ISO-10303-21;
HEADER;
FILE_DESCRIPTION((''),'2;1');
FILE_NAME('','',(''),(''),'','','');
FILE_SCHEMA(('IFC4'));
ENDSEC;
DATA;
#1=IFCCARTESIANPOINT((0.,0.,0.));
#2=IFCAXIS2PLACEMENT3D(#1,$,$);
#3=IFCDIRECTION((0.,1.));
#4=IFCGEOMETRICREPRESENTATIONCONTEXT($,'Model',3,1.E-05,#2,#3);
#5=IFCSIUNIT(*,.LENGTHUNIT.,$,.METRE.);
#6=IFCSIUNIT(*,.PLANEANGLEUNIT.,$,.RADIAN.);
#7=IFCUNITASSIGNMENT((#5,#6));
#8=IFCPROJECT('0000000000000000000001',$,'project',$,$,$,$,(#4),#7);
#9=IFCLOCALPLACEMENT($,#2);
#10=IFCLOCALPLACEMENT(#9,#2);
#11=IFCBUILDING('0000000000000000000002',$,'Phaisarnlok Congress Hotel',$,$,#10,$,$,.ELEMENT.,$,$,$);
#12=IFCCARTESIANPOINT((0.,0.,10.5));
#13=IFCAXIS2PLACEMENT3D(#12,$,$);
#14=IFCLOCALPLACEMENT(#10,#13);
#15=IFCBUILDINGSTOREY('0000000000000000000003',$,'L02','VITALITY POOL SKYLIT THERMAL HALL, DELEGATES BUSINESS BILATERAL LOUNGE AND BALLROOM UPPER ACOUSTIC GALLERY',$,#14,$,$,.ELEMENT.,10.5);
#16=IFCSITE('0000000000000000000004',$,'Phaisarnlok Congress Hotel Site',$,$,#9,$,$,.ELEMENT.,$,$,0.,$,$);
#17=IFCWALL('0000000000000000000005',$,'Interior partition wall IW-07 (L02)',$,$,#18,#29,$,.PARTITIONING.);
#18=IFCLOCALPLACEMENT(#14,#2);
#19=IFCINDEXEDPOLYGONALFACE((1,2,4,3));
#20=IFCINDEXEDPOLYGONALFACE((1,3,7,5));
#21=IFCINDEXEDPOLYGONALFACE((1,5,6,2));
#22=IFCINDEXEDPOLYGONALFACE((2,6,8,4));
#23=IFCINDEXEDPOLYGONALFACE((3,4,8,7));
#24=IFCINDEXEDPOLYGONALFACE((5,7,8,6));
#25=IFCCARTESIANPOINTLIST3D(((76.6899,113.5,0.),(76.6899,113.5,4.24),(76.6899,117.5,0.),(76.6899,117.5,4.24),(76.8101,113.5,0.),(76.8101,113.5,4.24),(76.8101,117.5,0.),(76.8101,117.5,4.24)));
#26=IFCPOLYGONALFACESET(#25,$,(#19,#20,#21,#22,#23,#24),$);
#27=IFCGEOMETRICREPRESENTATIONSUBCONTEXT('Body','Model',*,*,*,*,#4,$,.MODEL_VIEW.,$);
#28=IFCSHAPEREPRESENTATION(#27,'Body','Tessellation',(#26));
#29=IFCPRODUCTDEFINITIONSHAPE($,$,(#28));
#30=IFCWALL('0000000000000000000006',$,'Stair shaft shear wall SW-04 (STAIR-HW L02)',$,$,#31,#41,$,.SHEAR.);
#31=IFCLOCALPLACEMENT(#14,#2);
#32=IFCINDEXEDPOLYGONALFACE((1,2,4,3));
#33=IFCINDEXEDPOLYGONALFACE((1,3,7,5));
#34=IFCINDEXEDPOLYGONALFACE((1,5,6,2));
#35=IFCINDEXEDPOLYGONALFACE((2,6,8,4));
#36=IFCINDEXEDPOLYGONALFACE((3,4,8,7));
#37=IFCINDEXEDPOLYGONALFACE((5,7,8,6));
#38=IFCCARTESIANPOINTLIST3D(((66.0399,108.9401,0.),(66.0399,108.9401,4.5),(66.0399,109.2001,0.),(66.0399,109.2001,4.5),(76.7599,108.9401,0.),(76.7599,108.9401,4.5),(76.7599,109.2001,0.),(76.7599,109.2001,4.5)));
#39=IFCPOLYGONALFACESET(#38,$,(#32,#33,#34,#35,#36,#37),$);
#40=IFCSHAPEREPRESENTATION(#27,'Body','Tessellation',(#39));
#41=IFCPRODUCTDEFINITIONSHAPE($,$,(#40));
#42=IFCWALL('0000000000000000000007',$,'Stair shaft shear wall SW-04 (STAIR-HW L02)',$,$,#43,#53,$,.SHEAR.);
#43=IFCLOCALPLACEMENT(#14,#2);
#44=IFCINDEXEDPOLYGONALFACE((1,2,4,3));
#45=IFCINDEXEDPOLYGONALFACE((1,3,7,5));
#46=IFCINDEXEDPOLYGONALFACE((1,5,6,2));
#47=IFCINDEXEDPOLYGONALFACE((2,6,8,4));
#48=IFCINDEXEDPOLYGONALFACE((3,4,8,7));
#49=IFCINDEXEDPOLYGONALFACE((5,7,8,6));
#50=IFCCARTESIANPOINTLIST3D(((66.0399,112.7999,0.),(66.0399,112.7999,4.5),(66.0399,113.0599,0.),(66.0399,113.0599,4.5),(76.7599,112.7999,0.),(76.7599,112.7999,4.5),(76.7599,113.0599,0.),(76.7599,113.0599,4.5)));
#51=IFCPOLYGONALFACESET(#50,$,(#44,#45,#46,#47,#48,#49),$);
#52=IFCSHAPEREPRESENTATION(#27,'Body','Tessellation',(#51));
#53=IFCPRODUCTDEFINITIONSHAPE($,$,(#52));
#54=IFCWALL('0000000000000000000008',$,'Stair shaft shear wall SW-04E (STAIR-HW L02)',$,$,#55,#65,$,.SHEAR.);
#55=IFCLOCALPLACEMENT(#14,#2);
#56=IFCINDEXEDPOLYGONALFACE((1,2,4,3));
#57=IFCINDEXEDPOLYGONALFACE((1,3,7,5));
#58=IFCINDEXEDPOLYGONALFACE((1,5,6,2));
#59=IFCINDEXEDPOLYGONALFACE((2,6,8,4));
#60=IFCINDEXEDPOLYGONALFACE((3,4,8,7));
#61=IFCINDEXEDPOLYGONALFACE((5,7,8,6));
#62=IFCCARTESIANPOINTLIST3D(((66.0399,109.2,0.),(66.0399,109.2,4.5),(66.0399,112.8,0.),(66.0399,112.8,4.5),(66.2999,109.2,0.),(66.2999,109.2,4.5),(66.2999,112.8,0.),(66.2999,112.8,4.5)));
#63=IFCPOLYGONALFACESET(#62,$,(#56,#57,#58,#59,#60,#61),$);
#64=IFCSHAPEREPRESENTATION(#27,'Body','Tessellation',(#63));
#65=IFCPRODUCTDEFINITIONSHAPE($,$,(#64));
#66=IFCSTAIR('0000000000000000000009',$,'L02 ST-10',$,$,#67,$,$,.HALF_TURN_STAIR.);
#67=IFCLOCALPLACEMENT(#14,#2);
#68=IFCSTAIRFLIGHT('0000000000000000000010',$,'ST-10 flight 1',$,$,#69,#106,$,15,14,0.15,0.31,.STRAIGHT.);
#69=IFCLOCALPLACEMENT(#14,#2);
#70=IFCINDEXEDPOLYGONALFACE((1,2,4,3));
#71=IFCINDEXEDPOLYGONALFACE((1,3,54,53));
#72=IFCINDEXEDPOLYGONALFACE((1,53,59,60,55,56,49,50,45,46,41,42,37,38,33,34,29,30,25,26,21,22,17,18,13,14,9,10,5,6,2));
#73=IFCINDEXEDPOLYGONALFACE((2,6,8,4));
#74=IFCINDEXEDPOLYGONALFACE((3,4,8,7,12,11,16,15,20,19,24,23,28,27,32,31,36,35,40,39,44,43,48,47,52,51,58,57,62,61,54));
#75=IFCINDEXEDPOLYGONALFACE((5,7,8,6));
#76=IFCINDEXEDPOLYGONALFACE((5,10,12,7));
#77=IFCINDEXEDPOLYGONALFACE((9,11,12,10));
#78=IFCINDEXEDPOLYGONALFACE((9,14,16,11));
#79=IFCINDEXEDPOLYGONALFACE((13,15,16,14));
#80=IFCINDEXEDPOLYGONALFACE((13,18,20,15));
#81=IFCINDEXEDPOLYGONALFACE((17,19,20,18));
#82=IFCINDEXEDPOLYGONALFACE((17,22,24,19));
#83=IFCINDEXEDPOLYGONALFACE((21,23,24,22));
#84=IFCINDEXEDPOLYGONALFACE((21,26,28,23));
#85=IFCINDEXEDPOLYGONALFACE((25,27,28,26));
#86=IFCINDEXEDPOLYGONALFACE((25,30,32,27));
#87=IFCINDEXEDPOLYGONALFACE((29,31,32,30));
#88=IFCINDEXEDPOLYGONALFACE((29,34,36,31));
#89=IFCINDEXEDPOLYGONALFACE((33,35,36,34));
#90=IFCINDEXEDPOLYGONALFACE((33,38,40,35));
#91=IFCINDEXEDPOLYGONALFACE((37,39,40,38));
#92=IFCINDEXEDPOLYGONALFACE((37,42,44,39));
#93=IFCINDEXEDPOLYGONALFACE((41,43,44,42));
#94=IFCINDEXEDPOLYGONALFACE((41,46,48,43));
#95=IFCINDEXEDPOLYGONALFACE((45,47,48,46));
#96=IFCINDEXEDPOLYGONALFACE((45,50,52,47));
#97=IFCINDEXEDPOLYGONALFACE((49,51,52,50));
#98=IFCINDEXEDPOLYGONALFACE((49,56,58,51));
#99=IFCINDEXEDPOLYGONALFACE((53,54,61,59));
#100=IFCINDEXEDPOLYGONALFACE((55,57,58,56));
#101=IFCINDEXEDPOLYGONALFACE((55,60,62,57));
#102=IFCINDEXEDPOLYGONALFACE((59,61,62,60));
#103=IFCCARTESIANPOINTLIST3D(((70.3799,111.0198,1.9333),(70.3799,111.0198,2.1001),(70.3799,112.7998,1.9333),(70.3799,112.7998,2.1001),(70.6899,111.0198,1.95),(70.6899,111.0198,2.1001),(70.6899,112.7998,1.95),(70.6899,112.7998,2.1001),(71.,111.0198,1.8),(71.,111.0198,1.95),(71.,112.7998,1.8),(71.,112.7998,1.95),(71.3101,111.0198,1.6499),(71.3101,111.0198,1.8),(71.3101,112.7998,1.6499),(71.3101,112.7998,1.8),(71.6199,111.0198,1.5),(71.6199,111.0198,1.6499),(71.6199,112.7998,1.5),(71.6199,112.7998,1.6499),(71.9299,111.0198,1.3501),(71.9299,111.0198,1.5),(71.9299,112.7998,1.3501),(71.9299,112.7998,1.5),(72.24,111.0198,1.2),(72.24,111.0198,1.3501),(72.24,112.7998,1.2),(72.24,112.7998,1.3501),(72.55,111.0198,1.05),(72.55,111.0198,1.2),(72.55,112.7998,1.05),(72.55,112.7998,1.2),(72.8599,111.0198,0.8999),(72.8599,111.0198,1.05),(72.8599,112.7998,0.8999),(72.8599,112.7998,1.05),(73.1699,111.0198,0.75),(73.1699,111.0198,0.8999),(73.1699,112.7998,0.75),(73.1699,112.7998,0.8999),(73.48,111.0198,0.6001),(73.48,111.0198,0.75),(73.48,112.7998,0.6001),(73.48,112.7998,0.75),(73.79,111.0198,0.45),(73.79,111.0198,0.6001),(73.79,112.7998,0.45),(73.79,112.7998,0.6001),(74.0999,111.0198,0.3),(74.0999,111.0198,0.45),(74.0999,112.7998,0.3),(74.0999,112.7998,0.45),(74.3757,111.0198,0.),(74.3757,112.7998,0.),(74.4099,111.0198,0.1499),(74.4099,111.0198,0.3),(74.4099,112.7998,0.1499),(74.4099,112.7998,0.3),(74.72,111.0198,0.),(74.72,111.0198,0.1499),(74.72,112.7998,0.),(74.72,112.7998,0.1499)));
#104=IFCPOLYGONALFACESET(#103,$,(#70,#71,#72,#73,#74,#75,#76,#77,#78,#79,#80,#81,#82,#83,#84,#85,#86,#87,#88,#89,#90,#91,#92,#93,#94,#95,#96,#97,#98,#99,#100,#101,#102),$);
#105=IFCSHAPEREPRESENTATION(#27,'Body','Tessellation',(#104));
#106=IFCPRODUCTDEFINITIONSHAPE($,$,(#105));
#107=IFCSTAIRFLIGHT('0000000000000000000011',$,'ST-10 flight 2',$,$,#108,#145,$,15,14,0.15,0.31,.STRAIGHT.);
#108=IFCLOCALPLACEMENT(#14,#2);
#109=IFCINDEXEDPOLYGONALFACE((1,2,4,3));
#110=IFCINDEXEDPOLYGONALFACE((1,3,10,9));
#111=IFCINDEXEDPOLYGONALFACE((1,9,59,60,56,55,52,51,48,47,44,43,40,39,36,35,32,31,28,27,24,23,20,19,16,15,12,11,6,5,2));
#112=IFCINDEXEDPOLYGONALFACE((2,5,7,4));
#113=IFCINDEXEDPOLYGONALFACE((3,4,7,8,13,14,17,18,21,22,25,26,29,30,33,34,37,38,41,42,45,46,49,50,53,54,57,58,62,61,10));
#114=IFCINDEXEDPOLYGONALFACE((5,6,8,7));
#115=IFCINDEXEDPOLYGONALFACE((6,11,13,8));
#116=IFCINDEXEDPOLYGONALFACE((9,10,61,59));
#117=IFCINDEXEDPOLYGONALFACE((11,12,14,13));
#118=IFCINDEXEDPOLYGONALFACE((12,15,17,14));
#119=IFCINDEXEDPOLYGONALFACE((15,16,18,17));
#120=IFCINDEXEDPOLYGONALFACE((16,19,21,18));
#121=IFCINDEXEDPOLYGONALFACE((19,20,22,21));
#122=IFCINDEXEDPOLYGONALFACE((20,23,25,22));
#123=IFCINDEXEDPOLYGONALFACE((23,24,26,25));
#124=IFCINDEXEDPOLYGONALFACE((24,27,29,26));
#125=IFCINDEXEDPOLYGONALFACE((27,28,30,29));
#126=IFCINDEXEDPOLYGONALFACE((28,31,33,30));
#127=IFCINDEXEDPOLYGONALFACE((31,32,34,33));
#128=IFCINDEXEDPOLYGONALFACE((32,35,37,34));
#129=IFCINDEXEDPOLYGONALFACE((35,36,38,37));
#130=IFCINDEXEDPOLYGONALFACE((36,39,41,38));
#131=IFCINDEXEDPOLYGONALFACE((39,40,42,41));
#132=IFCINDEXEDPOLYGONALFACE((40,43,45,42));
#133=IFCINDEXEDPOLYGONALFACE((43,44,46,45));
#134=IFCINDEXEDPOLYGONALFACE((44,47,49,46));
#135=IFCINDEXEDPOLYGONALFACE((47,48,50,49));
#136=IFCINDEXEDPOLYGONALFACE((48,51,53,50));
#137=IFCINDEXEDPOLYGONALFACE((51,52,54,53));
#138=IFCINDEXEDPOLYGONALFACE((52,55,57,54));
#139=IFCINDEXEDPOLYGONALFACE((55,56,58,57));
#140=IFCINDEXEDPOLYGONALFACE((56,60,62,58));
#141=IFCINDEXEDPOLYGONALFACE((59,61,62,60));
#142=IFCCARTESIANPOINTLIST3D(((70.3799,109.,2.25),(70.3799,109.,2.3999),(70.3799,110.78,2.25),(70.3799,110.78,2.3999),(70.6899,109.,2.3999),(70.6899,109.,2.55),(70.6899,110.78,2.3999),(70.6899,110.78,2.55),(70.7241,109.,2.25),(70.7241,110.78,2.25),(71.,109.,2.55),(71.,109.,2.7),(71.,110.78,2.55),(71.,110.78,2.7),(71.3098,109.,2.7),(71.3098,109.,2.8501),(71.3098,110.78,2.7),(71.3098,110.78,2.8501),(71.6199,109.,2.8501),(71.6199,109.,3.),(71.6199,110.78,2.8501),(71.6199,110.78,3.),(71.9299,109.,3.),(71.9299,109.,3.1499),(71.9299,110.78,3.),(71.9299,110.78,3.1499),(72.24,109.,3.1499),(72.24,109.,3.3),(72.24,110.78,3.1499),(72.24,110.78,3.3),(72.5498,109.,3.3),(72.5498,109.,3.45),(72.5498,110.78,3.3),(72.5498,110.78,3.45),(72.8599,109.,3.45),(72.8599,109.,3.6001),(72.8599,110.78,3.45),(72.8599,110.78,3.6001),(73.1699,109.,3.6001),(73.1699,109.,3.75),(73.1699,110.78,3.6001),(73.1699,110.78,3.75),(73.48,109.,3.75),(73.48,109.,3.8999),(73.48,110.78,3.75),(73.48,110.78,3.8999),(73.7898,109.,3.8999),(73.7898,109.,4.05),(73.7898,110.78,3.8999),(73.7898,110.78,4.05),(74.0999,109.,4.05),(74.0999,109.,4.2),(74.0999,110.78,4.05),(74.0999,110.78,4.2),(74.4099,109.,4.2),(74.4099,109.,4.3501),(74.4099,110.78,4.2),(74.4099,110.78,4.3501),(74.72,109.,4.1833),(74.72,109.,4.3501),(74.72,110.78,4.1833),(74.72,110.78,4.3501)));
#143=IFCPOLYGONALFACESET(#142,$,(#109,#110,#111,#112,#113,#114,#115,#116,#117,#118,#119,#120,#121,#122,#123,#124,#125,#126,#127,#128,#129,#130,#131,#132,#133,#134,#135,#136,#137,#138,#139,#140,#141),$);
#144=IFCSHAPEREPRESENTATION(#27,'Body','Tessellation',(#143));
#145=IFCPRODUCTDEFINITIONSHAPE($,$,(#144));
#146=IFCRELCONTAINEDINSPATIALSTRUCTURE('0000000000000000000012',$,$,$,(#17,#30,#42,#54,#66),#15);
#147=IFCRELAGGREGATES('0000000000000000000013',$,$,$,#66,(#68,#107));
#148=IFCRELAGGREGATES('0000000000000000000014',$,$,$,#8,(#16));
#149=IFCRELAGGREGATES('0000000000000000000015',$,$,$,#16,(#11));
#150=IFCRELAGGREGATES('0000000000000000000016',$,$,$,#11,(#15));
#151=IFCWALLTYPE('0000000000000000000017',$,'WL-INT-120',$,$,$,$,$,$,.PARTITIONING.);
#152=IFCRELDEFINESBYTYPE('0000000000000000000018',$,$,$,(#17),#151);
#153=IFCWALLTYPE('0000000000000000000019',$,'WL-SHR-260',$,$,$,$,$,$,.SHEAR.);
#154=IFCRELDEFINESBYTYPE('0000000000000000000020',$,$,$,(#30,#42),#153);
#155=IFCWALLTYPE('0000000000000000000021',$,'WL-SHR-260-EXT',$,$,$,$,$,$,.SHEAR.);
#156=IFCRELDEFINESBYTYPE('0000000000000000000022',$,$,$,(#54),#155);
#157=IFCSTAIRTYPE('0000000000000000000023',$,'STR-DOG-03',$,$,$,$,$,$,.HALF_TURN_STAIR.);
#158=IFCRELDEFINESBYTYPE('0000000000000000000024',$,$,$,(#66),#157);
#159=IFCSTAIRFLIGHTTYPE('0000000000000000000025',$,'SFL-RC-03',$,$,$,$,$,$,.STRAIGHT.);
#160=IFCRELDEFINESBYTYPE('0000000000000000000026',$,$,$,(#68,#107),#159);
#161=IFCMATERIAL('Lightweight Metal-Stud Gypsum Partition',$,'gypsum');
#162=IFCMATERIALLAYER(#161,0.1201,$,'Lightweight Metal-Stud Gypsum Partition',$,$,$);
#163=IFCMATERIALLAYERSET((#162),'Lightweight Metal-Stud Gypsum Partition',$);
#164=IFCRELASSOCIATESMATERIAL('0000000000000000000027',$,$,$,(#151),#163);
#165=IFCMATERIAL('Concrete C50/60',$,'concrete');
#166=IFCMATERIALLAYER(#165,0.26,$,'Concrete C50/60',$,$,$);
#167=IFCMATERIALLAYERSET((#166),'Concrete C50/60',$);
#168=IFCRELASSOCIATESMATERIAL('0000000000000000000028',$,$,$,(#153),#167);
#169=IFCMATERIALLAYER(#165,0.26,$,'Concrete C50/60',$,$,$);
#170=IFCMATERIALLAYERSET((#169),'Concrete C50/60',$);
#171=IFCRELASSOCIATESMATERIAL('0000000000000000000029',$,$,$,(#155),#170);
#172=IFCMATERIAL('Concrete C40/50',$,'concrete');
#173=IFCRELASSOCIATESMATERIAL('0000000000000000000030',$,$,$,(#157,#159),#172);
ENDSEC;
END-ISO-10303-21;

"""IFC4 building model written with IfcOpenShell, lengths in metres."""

from ifc_helpers import new_model, si_unit, direction, frame, frame_2d, origin, place, context, subcontext, project, spatial, polyline, rectangle, outline, extrude, material, layer, layer_set, type_object, element, aggregate, save


model = new_model("IFC4")

# Units and contexts
model_context = context("Model", 3, precision=1e-05, world=origin(), true_north=direction((0.0, 1.0)))
body_context = subcontext(model_context, "Body", "Model", "MODEL_VIEW")
ifc_project = project(units=[si_unit("LENGTHUNIT", "METRE"), si_unit("PLANEANGLEUNIT", "RADIAN")], contexts=[model_context])

# Site, building, storey
site_placement = place(None, origin())
site = spatial("IfcSite", under=ifc_project, at=site_placement, Name="Phaisarnlok Congress Hotel Site", CompositionType="ELEMENT", RefElevation=0.0)
building_placement = place(site_placement, origin())
building = spatial("IfcBuilding", under=site, at=building_placement, Name="Phaisarnlok Congress Hotel", CompositionType="ELEMENT")
storey_placement = place(building_placement, frame((0.0, 0.0, 10.5)))
storey = spatial("IfcBuildingStorey", under=building, at=storey_placement, Name="L02", Description="VITALITY POOL SKYLIT THERMAL HALL, DELEGATES BUSINESS BILATERAL LOUNGE AND BALLROOM UPPER ACOUSTIC GALLERY", CompositionType="ELEMENT", Elevation=10.5)

# Shared definitions
ifc_material_1 = material(Name="Concrete C50/60", Category="concrete")

# Shared definitions
ifc_material_2 = material(Name="Concrete C40/50", Category="concrete")

# Walls
ifc_material_3 = material(Name="Lightweight Metal-Stud Gypsum Partition", Category="gypsum")
ifc_layer_1 = layer(ifc_material_3, 0.1201, Name="Lightweight Metal-Stud Gypsum Partition")
ifc_layer_set_1 = layer_set([ifc_layer_1], Name="Lightweight Metal-Stud Gypsum Partition")
wall_type_1 = type_object("IfcWallType", Name="WL-INT-120", PredefinedType="PARTITIONING", material=ifc_layer_set_1)
wall_1_placement = place(storey_placement, frame((76.75, 113.5, 0.0), z_axis=(0.0, 0.0, 1.0), x_axis=(0.0, 1.0, 0.0)))
element("IfcWall", 1, at=wall_1_placement, inside=storey, type_object=wall_type_1, Name="Interior partition wall IW-07 (L02)", PredefinedType="PARTITIONING", context=body_context, shape_type="SweptSolid", body=[
    extrude(rectangle(XDim=4.0, YDim=0.1201, at=frame_2d((2.0, 0.0))), origin(), (0.0, 0.0, 1.0), 4.24),
])
ifc_layer_2 = layer(ifc_material_1, 0.26, Name="Concrete C50/60")
ifc_layer_set_2 = layer_set([ifc_layer_2], Name="Concrete C50/60")
wall_type_2 = type_object("IfcWallType", Name="WL-SHR-260", PredefinedType="SHEAR", material=ifc_layer_set_2)
for number, where, z_axis, x_axis, name in (
    (2, (66.04, 109.0701, 0.0), (0.0, 0.0, 1.0), (1.0, 0.0, 0.0), "Stair shaft shear wall SW-04 (STAIR-HW L02)"),
    (3, (66.04, 112.9299, 0.0), (0.0, 0.0, 1.0), (1.0, 0.0, 0.0), "Stair shaft shear wall SW-04 (STAIR-HW L02)"),
):
    element("IfcWall", number, at=place(storey_placement, frame(where, z_axis=z_axis, x_axis=x_axis)), inside=storey, type_object=wall_type_2, Name=name, PredefinedType="SHEAR", context=body_context, shape_type="SweptSolid", body=[
        extrude(rectangle(XDim=10.72, YDim=0.26, at=frame_2d((5.3599, 0.0))), origin(), (0.0, 0.0, 1.0), 4.5),
    ])

# Wall
ifc_layer_3 = layer(ifc_material_1, 0.26, Name="Concrete C50/60")
ifc_layer_set_3 = layer_set([ifc_layer_3], Name="Concrete C50/60")
wall_type_3 = type_object("IfcWallType", Name="WL-SHR-260-EXT", PredefinedType="SHEAR", material=ifc_layer_set_3)
wall_2_placement = place(storey_placement, frame((66.1699, 109.2, 0.0), z_axis=(0.0, 0.0, 1.0), x_axis=(0.0, 1.0, 0.0)))
element("IfcWall", 4, at=wall_2_placement, inside=storey, type_object=wall_type_3, Name="Stair shaft shear wall SW-04E (STAIR-HW L02)", PredefinedType="SHEAR", context=body_context, shape_type="SweptSolid", body=[
    extrude(rectangle(XDim=3.6001, YDim=0.26, at=frame_2d((1.8, 0.0))), origin(), (0.0, 0.0, 1.0), 4.5),
])

# Stair, stair flights
stair_type = type_object("IfcStairType", Name="STR-DOG-03", PredefinedType="HALF_TURN_STAIR", material=ifc_material_2)
stair_placement = place(storey_placement, origin())
stair = element("IfcStair", 5, at=stair_placement, inside=storey, type_object=stair_type, Name="L02 ST-10", PredefinedType="HALF_TURN_STAIR")
stair_flight_type = type_object("IfcStairFlightType", Name="SFL-RC-03", PredefinedType="STRAIGHT", material=ifc_material_2)
stair_flight_1_placement = place(storey_placement, frame((74.72, 111.9099, 0.0), z_axis=(0.0, 0.0, 1.0), x_axis=(-1.0, 0.0, 0.0)))
stair_flight_1 = element("IfcStairFlight", 6, at=stair_flight_1_placement, type_object=stair_flight_type, Name="ST-10 flight 1", NumberOfRisers=15, NumberOfTreads=14, PredefinedType="STRAIGHT", RiserHeight=0.15, TreadLength=0.31, context=body_context, shape_type="SweptSolid", body=[
    extrude(outline(polyline([(0.0, 0.0), (0.0, 0.1499), (0.3101, 0.1499), (0.3101, 0.3), (0.6201, 0.3), (0.6201, 0.45), (0.9299, 0.45), (0.9299, 0.6001), (1.24, 0.6001), (1.24, 0.75), (1.55, 0.75), (1.55, 0.8999), (1.8601, 0.8999), (1.8601, 1.05), (2.1699, 1.05), (2.1699, 1.2), (2.48, 1.2), (2.48, 1.3501), (2.79, 1.3501), (2.79, 1.5), (3.1001, 1.5), (3.1001, 1.6499), (3.4099, 1.6499), (3.4099, 1.8), (3.72, 1.8), (3.72, 1.95), (4.03, 1.95), (4.03, 2.1001), (4.3401, 2.1001), (4.3401, 2.25), (4.3401, 1.9333), (0.3442, 0.0), (0.0, 0.0)])), frame((0.0, 0.8901, 0.0), z_axis=(0.0, -1.0, 0.0), x_axis=(1.0, 0.0, 0.0)), (0.0, 0.0, 1.0), 1.78),
])
stair_flight_2_placement = place(storey_placement, frame((70.3799, 109.8899, 2.25), z_axis=(0.0, 0.0, 1.0), x_axis=(1.0, 0.0, 0.0)))
stair_flight_2 = element("IfcStairFlight", 7, at=stair_flight_2_placement, type_object=stair_flight_type, Name="ST-10 flight 2", NumberOfRisers=15, NumberOfTreads=14, PredefinedType="STRAIGHT", RiserHeight=0.15, TreadLength=0.31, context=body_context, shape_type="SweptSolid", body=[
    extrude(outline(polyline([(0.0, 0.0), (0.0, 0.1499), (0.3101, 0.1499), (0.3101, 0.3), (0.6201, 0.3), (0.6201, 0.45), (0.9299, 0.45), (0.9299, 0.6001), (1.24, 0.6001), (1.24, 0.75), (1.55, 0.75), (1.55, 0.8999), (1.8601, 0.8999), (1.8601, 1.05), (2.1699, 1.05), (2.1699, 1.2), (2.48, 1.2), (2.48, 1.3501), (2.79, 1.3501), (2.79, 1.5), (3.1001, 1.5), (3.1001, 1.6499), (3.4099, 1.6499), (3.4099, 1.8), (3.72, 1.8), (3.72, 1.95), (4.03, 1.95), (4.03, 2.1001), (4.3401, 2.1001), (4.3401, 2.25), (4.3401, 1.9333), (0.3442, 0.0), (0.0, 0.0)])), frame((0.0, 0.8901, 0.0), z_axis=(0.0, -1.0, 0.0), x_axis=(1.0, 0.0, 0.0)), (0.0, 0.0, 1.0), 1.78),
])
aggregate(stair, [stair_flight_1, stair_flight_2])

save(model, "model.ifc")
